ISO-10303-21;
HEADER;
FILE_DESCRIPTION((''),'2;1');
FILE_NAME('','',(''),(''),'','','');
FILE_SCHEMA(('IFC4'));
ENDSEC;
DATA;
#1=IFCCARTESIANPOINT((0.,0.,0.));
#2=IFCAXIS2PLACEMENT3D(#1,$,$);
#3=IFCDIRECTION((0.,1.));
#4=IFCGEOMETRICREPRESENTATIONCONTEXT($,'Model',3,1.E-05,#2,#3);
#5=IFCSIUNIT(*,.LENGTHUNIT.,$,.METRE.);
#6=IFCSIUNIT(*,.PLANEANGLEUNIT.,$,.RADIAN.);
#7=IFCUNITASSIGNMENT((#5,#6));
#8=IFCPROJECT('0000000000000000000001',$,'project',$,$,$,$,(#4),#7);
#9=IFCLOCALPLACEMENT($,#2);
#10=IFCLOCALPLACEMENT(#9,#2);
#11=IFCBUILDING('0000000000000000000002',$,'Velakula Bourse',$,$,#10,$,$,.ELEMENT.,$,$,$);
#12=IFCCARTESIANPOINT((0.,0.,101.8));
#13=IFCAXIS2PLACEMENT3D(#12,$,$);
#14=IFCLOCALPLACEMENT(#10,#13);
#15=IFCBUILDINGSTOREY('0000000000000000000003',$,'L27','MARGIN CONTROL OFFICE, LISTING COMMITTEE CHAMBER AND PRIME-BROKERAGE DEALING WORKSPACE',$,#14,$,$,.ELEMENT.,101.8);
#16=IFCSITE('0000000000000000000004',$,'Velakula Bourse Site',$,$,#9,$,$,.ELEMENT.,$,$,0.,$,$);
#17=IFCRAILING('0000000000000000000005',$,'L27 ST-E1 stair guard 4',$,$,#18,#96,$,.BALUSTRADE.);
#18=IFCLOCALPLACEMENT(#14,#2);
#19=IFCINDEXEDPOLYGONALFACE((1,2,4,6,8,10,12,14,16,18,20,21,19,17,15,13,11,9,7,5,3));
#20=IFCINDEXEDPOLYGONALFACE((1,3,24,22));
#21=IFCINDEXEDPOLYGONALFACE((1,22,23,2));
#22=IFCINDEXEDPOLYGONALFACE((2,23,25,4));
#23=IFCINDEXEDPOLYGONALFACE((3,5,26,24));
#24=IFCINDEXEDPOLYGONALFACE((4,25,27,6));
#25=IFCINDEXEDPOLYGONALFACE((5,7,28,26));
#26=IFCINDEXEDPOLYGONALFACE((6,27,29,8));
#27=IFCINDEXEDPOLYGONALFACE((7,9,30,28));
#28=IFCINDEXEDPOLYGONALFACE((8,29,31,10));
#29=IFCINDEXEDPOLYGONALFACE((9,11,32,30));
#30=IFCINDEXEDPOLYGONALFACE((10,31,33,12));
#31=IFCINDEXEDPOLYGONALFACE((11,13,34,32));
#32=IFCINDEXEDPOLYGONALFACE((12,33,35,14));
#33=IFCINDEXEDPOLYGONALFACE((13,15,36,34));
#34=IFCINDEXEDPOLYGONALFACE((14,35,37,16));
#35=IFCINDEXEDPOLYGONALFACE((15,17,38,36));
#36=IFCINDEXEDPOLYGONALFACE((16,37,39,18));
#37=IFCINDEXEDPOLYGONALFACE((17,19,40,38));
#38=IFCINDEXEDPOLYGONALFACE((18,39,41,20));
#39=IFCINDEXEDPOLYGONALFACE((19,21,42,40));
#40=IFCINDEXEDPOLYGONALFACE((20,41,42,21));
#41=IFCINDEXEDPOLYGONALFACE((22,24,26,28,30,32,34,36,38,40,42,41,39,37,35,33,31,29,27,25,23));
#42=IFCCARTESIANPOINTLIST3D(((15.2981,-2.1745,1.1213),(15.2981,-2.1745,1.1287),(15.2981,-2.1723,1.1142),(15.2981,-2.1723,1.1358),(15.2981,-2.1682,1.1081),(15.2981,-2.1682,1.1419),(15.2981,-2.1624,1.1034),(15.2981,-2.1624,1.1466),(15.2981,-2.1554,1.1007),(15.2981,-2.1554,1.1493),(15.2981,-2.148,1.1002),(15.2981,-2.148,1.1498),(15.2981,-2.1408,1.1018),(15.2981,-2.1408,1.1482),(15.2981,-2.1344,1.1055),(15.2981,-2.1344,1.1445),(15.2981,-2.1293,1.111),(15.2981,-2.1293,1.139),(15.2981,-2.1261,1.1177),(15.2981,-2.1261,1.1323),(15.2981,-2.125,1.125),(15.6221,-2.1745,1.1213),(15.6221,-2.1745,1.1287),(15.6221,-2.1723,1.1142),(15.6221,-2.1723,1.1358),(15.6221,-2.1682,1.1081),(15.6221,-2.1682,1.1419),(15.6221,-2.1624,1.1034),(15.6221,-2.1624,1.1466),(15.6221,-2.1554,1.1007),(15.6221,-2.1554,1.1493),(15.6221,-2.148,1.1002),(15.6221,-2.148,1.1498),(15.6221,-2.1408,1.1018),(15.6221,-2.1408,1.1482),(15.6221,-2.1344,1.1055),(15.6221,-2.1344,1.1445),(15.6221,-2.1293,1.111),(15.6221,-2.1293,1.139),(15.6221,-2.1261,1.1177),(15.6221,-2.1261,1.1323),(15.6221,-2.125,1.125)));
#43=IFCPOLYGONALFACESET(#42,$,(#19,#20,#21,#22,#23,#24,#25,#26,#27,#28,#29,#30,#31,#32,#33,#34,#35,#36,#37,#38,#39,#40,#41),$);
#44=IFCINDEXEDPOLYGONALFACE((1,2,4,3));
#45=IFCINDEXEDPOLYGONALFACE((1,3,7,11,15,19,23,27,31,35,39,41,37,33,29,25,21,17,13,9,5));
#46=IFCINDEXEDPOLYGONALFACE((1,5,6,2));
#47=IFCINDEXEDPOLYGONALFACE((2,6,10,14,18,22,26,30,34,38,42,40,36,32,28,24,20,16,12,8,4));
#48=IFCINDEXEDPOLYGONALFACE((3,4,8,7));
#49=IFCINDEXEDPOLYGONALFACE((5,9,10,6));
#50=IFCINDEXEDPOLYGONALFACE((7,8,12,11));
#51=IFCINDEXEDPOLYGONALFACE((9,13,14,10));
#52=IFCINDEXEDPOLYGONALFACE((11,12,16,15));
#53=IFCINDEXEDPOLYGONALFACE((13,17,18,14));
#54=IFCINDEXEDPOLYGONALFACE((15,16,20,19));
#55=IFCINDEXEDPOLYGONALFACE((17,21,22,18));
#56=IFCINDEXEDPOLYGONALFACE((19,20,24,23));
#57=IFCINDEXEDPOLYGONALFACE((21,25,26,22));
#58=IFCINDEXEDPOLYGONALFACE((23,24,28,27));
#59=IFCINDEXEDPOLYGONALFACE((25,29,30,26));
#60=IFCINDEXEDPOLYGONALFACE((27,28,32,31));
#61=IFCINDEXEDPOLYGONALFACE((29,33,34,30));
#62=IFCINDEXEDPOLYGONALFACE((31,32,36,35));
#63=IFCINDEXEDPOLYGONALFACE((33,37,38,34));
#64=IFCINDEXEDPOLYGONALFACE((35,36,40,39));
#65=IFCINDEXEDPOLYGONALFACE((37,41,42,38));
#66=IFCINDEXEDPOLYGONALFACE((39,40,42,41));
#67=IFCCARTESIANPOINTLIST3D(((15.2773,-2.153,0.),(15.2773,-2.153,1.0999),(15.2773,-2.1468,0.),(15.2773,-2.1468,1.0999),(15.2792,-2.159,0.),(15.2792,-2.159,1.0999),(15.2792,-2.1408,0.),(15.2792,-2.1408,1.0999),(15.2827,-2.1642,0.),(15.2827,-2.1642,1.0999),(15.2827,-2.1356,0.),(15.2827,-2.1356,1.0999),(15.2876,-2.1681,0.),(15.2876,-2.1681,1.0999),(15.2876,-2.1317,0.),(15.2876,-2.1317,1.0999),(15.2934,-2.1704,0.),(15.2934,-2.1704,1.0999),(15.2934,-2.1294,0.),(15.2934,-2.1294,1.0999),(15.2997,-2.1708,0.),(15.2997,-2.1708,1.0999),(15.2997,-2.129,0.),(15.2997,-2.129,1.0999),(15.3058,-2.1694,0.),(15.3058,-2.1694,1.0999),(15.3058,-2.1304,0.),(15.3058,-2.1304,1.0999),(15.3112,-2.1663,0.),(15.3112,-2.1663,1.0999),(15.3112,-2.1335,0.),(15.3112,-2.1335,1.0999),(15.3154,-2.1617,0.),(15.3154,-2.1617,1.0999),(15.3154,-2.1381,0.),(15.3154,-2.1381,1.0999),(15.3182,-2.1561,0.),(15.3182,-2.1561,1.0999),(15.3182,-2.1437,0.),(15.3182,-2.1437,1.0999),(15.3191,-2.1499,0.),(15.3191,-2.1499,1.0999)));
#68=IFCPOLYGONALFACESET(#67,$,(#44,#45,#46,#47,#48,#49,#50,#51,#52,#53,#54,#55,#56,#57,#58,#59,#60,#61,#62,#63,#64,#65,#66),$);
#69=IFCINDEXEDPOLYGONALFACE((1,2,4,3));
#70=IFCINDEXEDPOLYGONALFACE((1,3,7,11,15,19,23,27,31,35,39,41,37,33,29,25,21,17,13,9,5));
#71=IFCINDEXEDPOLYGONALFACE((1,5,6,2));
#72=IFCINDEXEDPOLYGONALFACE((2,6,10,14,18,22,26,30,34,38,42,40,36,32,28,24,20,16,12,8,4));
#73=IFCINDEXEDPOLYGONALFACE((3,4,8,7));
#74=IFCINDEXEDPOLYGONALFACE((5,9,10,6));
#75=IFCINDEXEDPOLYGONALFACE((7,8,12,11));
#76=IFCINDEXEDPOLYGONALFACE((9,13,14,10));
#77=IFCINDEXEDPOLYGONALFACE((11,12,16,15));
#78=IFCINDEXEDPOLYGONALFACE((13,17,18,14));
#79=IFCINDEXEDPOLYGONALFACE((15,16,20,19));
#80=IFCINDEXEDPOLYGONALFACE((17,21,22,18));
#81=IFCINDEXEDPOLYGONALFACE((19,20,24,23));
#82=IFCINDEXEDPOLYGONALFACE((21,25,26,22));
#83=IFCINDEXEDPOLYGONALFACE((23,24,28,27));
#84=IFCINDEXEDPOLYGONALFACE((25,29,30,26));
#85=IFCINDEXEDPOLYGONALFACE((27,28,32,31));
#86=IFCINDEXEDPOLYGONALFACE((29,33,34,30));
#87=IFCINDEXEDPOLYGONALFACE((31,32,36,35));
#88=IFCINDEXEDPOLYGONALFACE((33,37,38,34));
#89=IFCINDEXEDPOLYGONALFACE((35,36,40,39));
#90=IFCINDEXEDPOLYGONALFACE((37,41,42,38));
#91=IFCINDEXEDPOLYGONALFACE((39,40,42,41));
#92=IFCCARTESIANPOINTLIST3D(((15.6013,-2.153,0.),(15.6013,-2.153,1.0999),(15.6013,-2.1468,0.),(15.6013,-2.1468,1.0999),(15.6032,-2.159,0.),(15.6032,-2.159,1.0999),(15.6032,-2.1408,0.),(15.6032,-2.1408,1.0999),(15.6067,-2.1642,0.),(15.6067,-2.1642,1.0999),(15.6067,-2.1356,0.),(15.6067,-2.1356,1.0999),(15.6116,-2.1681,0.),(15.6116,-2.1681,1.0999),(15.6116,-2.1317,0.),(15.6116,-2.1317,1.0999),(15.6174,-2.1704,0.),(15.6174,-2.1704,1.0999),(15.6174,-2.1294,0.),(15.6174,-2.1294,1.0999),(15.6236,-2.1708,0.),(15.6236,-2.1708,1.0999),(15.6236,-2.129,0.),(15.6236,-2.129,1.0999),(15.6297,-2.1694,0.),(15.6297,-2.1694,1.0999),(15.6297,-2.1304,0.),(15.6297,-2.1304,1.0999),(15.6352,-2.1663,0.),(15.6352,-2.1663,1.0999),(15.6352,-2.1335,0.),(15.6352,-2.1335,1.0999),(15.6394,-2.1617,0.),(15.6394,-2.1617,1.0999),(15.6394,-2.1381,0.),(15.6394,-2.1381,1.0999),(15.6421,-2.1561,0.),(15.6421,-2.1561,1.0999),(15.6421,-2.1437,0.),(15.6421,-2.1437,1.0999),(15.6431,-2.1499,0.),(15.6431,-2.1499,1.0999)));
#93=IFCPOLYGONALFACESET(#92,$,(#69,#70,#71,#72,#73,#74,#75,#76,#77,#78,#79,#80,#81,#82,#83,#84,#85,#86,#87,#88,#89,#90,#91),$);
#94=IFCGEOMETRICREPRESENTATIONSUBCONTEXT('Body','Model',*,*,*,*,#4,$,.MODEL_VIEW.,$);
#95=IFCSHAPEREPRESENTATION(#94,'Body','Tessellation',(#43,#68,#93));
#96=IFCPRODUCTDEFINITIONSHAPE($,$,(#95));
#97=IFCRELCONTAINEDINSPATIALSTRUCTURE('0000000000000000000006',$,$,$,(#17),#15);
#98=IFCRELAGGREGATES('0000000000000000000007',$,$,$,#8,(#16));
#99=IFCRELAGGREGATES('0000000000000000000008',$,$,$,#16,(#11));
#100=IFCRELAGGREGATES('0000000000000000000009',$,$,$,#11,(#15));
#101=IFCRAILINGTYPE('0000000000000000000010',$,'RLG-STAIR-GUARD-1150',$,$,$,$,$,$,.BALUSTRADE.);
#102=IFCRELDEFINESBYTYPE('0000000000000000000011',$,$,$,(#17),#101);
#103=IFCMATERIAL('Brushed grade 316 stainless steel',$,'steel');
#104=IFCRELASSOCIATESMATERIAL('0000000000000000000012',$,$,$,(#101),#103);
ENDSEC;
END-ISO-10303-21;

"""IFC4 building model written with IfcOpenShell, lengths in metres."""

from ifc_helpers import new_model, si_unit, direction, frame, origin, origin_2d, place, context, subcontext, project, spatial, circle, extrude, material, type_object, element, save


model = new_model("IFC4")

# Units and contexts
model_context = context("Model", 3, precision=1e-05, world=origin(), true_north=direction((0.0, 1.0)))
body_context = subcontext(model_context, "Body", "Model", "MODEL_VIEW")
ifc_project = project(units=[si_unit("LENGTHUNIT", "METRE"), si_unit("PLANEANGLEUNIT", "RADIAN")], contexts=[model_context])

# Site, building, storey
site_placement = place(None, origin())
site = spatial("IfcSite", under=ifc_project, at=site_placement, Name="Velakula Bourse Site", CompositionType="ELEMENT", RefElevation=0.0)
building_placement = place(site_placement, origin())
building = spatial("IfcBuilding", under=site, at=building_placement, Name="Velakula Bourse", CompositionType="ELEMENT")
storey_placement = place(building_placement, frame((0.0, 0.0, 101.8)))
storey = spatial("IfcBuildingStorey", under=building, at=storey_placement, Name="L27", Description="MARGIN CONTROL OFFICE, LISTING COMMITTEE CHAMBER AND PRIME-BROKERAGE DEALING WORKSPACE", CompositionType="ELEMENT", Elevation=101.8)

# Shared definitions
ifc_material_1 = material(Name="Brushed grade 316 stainless steel", Category="steel")

# Railing
railing_type_1 = type_object("IfcRailingType", Name="RLG-STAIR-GUARD-1150", PredefinedType="BALUSTRADE", material=ifc_material_1)
railing_1_placement = place(storey_placement, frame((15.2981, -2.1499, 0.0)))
element("IfcRailing", 1, at=railing_1_placement, inside=storey, type_object=railing_type_1, Name="L27 ST-E1 stair guard 4", PredefinedType="BALUSTRADE", context=body_context, shape_type="SweptSolid", body=[
    extrude(circle(Radius=0.0249, at=origin_2d()), frame((0.0, 0.0, 1.125), z_axis=(1.0, 0.0, 0.0), x_axis=(0.0, 1.0, 0.0)), (0.0, 0.0, 1.0), 0.324),
    extrude(circle(Radius=0.021, at=origin_2d()), origin(), (0.0, 0.0, 1.0), 1.0999),
    extrude(circle(Radius=0.021, at=origin_2d()), frame((0.324, 0.0, 0.0)), (0.0, 0.0, 1.0), 1.0999),
])

save(model, "model.ifc")
